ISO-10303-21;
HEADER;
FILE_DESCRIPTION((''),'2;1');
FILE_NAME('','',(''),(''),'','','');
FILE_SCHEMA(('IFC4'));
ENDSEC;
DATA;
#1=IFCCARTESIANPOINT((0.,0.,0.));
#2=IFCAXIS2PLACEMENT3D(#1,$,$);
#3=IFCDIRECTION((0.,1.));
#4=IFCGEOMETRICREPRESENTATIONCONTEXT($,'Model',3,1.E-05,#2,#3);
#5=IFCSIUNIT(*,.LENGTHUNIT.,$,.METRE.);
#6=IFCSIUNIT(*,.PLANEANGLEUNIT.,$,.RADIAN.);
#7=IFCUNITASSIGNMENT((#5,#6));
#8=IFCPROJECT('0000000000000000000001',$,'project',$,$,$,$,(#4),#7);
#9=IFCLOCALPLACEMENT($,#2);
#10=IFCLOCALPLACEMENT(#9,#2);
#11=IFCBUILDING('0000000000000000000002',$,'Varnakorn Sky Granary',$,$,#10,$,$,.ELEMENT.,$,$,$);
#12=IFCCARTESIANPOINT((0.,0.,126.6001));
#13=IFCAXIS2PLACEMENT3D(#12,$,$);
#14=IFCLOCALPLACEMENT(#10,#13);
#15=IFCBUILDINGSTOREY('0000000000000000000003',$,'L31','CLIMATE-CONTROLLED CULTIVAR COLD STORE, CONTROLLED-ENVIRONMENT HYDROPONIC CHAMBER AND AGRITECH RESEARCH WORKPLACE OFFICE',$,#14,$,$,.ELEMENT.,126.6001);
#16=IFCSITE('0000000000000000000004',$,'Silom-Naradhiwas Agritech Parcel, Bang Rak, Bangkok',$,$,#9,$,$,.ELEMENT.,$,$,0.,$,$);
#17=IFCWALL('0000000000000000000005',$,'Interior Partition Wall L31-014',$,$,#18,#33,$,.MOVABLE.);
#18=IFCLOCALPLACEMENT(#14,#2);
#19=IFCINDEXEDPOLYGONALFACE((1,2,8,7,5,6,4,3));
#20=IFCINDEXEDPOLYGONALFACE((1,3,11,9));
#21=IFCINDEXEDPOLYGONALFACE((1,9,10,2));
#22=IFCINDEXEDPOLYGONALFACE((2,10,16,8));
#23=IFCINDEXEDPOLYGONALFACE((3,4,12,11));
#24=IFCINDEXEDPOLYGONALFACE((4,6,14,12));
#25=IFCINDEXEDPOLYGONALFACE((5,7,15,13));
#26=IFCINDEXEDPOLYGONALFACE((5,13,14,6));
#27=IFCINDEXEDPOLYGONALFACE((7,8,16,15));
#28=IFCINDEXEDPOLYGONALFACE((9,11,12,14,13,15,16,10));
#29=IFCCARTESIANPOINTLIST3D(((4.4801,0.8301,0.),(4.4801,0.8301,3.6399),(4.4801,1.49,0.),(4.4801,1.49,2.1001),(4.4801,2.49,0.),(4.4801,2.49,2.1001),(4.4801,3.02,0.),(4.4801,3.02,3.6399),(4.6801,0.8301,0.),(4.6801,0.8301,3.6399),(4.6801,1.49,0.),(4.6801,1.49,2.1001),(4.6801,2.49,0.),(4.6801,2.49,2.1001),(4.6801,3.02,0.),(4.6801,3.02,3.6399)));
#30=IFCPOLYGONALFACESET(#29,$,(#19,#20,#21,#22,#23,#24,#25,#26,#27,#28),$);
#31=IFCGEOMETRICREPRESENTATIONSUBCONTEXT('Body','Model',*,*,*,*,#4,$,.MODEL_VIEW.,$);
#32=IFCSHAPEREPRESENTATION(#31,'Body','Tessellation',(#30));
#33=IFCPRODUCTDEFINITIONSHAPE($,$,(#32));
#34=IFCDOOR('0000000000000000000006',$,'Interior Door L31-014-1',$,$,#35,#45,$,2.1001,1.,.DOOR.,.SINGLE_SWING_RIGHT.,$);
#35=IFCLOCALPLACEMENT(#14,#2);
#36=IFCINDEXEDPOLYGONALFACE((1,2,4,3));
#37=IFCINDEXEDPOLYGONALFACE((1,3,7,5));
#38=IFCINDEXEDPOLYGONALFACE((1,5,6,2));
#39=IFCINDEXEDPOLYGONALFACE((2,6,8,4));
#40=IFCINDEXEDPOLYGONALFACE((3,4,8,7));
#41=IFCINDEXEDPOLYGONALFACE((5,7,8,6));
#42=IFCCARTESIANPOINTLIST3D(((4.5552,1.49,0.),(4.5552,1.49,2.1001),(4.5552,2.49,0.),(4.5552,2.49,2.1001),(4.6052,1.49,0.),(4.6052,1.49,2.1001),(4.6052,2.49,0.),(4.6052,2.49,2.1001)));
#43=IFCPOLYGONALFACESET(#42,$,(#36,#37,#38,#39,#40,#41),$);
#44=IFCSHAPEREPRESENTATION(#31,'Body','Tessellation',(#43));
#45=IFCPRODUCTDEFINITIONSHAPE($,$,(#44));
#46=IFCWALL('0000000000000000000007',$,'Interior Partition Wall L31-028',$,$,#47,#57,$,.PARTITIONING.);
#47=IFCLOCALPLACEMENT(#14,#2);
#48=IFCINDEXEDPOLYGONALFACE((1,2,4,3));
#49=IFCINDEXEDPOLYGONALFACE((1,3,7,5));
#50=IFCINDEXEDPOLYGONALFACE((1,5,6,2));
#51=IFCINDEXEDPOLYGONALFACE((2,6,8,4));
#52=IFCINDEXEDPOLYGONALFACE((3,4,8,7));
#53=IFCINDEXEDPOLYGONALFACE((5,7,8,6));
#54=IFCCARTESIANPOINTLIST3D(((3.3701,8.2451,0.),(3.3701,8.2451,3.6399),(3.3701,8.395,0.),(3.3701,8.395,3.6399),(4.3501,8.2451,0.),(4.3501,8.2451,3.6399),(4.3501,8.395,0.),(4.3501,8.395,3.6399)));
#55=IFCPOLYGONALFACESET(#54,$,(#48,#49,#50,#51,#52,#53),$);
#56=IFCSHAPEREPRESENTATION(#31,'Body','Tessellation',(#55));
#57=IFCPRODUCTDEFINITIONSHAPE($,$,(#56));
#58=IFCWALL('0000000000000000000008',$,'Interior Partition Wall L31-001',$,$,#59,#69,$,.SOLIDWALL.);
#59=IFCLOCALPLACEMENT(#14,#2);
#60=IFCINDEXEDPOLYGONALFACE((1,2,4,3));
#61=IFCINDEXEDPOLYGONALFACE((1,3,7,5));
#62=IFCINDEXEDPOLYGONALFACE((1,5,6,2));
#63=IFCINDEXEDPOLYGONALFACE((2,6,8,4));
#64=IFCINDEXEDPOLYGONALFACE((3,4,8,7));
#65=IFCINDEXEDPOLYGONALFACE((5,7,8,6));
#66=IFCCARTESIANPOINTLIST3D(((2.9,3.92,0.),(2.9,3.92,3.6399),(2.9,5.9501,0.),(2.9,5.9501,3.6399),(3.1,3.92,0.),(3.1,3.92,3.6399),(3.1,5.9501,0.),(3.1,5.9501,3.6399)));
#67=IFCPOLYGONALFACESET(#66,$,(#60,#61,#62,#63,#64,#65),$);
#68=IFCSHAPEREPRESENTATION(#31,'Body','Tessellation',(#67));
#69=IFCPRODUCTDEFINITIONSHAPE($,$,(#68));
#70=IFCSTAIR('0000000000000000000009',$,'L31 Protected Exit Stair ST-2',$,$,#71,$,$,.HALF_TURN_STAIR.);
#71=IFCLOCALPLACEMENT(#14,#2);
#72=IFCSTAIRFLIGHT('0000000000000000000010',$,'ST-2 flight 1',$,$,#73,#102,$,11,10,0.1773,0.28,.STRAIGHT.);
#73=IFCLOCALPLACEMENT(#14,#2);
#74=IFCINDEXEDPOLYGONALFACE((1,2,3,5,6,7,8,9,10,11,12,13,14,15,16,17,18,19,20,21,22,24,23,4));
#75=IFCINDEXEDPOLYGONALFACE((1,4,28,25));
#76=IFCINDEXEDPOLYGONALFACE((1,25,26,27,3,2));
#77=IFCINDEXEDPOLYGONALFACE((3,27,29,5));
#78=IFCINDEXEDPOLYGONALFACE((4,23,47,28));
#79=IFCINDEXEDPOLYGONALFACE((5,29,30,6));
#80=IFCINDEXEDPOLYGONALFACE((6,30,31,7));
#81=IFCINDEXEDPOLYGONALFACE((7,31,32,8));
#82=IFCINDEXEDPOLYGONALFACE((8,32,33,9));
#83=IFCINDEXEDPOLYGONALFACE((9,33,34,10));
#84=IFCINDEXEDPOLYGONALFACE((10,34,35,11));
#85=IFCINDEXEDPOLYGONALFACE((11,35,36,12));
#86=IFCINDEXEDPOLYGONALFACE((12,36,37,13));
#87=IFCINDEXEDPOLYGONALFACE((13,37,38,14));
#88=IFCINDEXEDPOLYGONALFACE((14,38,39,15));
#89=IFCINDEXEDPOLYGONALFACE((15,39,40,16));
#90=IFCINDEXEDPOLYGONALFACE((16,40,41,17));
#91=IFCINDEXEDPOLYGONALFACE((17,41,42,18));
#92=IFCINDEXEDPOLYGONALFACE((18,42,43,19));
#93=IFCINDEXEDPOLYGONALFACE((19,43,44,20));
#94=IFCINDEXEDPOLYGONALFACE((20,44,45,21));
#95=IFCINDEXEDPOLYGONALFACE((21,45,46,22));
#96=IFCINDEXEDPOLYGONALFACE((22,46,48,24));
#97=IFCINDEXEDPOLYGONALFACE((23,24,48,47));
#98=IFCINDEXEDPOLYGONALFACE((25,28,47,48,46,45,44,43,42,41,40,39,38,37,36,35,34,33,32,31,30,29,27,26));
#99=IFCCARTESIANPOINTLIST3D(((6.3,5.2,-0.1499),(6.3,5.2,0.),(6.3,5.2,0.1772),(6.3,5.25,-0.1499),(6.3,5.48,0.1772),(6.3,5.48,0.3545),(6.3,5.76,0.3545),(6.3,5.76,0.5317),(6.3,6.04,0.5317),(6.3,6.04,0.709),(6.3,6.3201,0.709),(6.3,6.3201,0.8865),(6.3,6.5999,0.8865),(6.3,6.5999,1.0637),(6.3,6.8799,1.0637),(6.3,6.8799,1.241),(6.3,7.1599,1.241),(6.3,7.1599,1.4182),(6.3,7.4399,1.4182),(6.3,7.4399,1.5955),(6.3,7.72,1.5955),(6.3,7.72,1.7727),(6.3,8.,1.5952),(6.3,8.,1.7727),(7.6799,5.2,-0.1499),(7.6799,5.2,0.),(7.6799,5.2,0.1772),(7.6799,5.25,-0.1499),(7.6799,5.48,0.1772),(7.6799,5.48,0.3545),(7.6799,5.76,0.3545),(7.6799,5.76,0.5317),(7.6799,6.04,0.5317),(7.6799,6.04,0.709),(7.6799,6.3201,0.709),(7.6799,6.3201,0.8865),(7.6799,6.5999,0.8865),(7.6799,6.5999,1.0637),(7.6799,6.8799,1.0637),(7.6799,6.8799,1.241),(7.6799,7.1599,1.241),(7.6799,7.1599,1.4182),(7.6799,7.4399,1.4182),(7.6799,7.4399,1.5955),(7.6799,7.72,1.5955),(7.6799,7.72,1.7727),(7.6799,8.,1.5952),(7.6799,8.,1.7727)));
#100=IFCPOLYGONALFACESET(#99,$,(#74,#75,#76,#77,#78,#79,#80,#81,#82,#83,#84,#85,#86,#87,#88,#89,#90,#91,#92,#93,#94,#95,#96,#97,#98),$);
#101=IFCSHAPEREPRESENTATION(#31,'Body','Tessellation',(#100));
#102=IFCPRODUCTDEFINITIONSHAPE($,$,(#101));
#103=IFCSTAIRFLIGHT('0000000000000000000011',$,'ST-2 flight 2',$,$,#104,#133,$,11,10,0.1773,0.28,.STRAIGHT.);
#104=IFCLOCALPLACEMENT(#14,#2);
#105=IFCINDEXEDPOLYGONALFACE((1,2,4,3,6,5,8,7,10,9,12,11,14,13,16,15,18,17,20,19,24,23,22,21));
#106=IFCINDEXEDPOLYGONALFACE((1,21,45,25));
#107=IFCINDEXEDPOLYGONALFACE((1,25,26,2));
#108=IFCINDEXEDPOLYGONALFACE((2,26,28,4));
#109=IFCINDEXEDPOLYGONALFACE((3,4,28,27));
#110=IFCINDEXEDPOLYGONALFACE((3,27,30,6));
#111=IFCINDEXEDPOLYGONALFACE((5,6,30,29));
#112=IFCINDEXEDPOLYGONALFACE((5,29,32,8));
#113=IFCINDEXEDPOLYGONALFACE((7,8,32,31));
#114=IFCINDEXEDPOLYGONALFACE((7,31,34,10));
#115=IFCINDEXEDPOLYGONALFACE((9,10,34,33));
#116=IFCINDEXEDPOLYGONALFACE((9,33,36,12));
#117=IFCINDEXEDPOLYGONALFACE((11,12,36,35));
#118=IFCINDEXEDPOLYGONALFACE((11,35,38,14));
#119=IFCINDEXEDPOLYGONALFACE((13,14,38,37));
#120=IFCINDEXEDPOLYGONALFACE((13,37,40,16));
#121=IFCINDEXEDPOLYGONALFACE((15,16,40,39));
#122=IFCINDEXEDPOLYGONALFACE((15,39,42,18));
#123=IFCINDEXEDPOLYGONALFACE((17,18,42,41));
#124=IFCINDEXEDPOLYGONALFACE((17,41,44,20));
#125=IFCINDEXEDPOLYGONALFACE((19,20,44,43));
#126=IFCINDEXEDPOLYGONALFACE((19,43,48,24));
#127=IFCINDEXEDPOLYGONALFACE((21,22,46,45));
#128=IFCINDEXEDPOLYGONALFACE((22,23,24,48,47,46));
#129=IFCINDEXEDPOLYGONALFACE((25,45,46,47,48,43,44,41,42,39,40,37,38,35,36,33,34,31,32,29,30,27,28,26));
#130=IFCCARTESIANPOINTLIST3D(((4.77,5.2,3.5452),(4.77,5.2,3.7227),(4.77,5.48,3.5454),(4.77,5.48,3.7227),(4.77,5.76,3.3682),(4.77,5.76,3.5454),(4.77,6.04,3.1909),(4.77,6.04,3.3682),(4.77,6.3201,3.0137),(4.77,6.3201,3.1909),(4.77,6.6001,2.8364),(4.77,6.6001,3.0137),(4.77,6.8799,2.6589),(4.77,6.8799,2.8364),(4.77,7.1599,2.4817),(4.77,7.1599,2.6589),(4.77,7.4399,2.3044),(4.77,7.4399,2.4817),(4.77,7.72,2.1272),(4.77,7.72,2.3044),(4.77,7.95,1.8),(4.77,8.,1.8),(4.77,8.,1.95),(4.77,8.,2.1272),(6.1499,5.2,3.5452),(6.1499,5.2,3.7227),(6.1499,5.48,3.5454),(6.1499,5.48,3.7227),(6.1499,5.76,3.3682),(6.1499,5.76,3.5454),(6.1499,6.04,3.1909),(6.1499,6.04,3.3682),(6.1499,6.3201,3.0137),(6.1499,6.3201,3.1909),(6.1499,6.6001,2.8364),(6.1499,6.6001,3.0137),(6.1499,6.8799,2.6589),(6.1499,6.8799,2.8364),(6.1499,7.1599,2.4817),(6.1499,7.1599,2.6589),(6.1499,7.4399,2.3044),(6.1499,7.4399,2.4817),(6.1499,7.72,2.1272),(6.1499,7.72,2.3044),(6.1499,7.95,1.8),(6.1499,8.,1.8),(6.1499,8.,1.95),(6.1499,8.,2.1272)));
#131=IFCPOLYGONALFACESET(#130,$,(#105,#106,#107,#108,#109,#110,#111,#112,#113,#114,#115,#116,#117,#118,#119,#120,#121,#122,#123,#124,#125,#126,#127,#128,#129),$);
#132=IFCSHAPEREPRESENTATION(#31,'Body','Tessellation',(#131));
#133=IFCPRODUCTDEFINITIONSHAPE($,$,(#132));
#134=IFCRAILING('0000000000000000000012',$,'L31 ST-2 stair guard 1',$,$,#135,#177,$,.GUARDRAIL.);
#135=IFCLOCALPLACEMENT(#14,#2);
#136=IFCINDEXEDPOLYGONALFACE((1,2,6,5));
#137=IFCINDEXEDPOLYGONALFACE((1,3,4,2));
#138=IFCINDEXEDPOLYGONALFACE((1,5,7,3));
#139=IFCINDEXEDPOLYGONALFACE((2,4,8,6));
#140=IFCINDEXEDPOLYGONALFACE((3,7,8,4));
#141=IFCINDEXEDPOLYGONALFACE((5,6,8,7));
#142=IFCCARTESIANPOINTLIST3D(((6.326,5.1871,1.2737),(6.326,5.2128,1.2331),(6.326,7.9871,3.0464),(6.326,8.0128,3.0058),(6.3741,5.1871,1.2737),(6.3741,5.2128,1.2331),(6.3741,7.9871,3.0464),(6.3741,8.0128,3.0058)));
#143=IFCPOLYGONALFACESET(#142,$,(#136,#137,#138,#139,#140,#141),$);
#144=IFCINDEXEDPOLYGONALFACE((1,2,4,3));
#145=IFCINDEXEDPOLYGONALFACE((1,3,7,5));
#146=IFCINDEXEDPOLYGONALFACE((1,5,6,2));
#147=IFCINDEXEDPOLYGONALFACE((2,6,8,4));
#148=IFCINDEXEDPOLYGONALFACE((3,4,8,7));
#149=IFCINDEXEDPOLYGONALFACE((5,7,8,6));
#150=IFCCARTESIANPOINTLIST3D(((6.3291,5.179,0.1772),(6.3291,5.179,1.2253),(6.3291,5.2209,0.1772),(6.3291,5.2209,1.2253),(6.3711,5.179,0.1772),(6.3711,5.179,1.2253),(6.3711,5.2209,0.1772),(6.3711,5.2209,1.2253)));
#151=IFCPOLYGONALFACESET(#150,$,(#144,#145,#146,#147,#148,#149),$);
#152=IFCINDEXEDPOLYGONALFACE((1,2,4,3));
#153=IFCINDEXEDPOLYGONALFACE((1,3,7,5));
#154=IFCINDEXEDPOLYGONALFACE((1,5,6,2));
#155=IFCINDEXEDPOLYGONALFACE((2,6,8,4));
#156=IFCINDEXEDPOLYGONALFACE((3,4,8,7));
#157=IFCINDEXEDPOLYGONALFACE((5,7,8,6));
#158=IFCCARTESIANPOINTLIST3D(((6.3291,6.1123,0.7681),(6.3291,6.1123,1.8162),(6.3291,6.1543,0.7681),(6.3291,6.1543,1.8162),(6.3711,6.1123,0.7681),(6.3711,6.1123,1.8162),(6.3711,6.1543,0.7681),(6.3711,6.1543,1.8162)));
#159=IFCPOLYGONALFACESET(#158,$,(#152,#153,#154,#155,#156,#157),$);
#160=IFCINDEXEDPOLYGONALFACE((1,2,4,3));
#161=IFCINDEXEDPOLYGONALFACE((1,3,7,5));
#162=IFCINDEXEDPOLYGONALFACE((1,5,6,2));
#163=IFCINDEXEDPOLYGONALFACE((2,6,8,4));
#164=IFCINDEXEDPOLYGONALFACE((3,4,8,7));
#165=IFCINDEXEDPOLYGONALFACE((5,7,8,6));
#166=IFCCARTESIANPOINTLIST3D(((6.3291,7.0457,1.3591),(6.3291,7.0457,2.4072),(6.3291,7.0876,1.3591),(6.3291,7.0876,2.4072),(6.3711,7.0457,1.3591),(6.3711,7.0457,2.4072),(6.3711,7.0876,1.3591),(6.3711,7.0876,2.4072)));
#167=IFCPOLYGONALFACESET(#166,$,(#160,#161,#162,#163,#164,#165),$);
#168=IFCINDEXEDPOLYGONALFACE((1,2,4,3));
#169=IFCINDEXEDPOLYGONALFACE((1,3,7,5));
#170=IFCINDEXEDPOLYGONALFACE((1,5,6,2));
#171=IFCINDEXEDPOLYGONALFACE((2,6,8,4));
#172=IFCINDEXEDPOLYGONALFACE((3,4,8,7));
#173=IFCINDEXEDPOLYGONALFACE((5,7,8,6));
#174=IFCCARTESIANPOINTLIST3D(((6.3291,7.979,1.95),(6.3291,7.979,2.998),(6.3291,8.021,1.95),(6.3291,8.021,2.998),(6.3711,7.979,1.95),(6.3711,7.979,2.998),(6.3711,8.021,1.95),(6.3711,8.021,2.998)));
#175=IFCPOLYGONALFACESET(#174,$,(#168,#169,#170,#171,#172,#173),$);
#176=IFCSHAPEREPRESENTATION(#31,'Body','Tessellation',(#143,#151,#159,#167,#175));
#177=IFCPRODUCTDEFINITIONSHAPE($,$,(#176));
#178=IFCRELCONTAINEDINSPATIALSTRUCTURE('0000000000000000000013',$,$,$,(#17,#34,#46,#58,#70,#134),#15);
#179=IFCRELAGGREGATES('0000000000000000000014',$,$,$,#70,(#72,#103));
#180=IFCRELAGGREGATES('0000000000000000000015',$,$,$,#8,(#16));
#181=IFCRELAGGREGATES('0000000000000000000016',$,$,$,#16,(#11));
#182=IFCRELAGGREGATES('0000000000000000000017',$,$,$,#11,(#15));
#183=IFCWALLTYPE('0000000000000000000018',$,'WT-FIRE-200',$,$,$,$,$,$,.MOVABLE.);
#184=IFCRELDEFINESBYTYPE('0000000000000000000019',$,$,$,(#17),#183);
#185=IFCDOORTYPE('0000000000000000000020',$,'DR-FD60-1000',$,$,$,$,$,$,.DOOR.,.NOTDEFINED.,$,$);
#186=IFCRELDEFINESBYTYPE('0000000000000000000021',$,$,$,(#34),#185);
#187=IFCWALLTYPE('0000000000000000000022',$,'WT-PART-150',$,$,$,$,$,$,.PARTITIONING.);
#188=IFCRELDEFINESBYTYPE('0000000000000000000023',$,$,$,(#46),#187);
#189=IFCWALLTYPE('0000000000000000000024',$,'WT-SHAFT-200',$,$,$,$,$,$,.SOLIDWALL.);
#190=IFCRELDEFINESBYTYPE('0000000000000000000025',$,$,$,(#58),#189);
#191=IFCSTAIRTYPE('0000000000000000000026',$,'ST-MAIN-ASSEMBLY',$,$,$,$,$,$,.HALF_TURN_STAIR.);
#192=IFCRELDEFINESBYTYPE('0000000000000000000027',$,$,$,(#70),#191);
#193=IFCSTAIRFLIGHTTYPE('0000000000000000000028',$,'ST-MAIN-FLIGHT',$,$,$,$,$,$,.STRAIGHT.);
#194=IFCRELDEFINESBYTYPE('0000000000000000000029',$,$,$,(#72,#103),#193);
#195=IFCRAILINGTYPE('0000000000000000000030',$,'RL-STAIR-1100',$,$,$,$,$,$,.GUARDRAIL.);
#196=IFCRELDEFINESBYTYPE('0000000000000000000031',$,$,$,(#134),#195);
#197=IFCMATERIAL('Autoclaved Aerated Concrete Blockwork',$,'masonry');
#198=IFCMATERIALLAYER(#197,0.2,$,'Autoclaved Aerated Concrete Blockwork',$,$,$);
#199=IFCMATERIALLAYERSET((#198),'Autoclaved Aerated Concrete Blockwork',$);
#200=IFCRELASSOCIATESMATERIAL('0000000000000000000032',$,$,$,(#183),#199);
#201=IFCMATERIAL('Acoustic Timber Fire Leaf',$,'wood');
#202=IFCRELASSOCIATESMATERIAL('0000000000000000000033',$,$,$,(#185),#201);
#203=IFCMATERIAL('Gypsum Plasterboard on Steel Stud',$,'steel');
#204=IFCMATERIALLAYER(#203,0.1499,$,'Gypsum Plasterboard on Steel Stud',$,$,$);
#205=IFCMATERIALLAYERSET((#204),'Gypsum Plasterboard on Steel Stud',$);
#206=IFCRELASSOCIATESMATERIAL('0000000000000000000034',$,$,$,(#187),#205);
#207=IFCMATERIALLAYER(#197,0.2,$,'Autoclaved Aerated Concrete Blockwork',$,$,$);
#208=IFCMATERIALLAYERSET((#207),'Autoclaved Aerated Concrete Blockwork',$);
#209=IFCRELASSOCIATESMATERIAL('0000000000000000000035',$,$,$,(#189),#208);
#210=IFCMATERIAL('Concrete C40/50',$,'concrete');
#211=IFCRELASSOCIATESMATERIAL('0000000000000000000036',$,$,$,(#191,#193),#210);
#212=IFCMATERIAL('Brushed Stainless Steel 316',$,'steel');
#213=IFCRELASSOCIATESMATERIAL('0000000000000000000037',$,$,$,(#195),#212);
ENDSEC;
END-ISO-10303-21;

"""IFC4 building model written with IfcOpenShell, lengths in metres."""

from ifc_helpers import new_model, si_unit, direction, frame, frame_2d, origin, origin_2d, place, context, subcontext, project, spatial, polyline, rectangle, outline, extrude, material, layer, layer_set, type_object, element, fill, aggregate, save


model = new_model("IFC4")

# Units and contexts
model_context = context("Model", 3, precision=1e-05, world=origin(), true_north=direction((0.0, 1.0)))
body_context = subcontext(model_context, "Body", "Model", "MODEL_VIEW")
ifc_project = project(units=[si_unit("LENGTHUNIT", "METRE"), si_unit("PLANEANGLEUNIT", "RADIAN")], contexts=[model_context])

# Site, building, storey
site_placement = place(None, origin())
site = spatial("IfcSite", under=ifc_project, at=site_placement, Name="Silom-Naradhiwas Agritech Parcel, Bang Rak, Bangkok", CompositionType="ELEMENT", RefElevation=0.0)
building_placement = place(site_placement, origin())
building = spatial("IfcBuilding", under=site, at=building_placement, Name="Varnakorn Sky Granary", CompositionType="ELEMENT")
storey_placement = place(building_placement, frame((0.0, 0.0, 126.6001)))
storey = spatial("IfcBuildingStorey", under=building, at=storey_placement, Name="L31", Description="CLIMATE-CONTROLLED CULTIVAR COLD STORE, CONTROLLED-ENVIRONMENT HYDROPONIC CHAMBER AND AGRITECH RESEARCH WORKPLACE OFFICE", CompositionType="ELEMENT", Elevation=126.6001)

# Shared definitions
ifc_material_1 = material(Name="Autoclaved Aerated Concrete Blockwork", Category="masonry")
ifc_layer_1 = layer(ifc_material_1, 0.2, Name="Autoclaved Aerated Concrete Blockwork")
ifc_layer_set_1 = layer_set([ifc_layer_1], Name="Autoclaved Aerated Concrete Blockwork")
wall_type_1 = type_object("IfcWallType", Name="WT-FIRE-200", PredefinedType="MOVABLE", material=ifc_layer_set_1)
ifc_material_2 = material(Name="Acoustic Timber Fire Leaf", Category="wood")

# Wall, opening, door
wall_1_placement = place(storey_placement, frame((4.5801, 0.8301, 0.0), z_axis=(0.0, 0.0, 1.0), x_axis=(0.0, 1.0, 0.0)))
wall_1 = element("IfcWall", 1, at=wall_1_placement, inside=storey, type_object=wall_type_1, Name="Interior Partition Wall L31-014", PredefinedType="MOVABLE", context=body_context, shape_type="SweptSolid", body=[
    extrude(rectangle(XDim=2.1899, YDim=0.2, at=frame_2d((1.095, 0.0))), origin(), (0.0, 0.0, 1.0), 3.6399),
])
opening_1_placement = place(wall_1_placement, frame((0.6599, 0.0, 0.0)))
opening_1 = element("IfcOpeningElement", 2, at=opening_1_placement, cuts=wall_1, PredefinedType="OPENING", context=body_context, shape_type="SweptSolid", body=[
    extrude(rectangle(XDim=1.0, YDim=2.1001, at=frame_2d((0.5, 1.05))), frame((0.0, 0.1099, 0.0), z_axis=(0.0, -1.0, 0.0), x_axis=(1.0, 0.0, 0.0)), (0.0, 0.0, 1.0), 0.22),
])
door_type_1 = type_object("IfcDoorType", Name="DR-FD60-1000", OperationType="NOTDEFINED", PredefinedType="DOOR", material=ifc_material_2)
door_1_placement = place(opening_1_placement, origin())
door_1 = element("IfcDoor", 3, at=door_1_placement, inside=storey, type_object=door_type_1, Name="Interior Door L31-014-1", OperationType="SINGLE_SWING_RIGHT", OverallHeight=2.1001, OverallWidth=1.0, PredefinedType="DOOR", context=body_context, shape_type="SweptSolid", body=[
    extrude(rectangle(XDim=1.0, YDim=2.1001, at=frame_2d((0.5, 1.05))), frame((0.0, 0.0249, 0.0), z_axis=(0.0, -1.0, 0.0), x_axis=(1.0, 0.0, 0.0)), (0.0, 0.0, 1.0), 0.05),
])
fill(opening_1, door_1)

# Walls
ifc_material_3 = material(Name="Gypsum Plasterboard on Steel Stud", Category="steel")
ifc_layer_2 = layer(ifc_material_3, 0.1499, Name="Gypsum Plasterboard on Steel Stud")
ifc_layer_set_2 = layer_set([ifc_layer_2], Name="Gypsum Plasterboard on Steel Stud")
wall_type_2 = type_object("IfcWallType", Name="WT-PART-150", PredefinedType="PARTITIONING", material=ifc_layer_set_2)
wall_2_placement = place(storey_placement, frame((3.3701, 8.3201, 0.0), z_axis=(0.0, 0.0, 1.0), x_axis=(1.0, 0.0, 0.0)))
element("IfcWall", 4, at=wall_2_placement, inside=storey, type_object=wall_type_2, Name="Interior Partition Wall L31-028", PredefinedType="PARTITIONING", context=body_context, shape_type="SweptSolid", body=[
    extrude(rectangle(XDim=0.98, YDim=0.1499, at=frame_2d((0.49, 0.0))), origin(), (0.0, 0.0, 1.0), 3.6399),
])
ifc_layer_3 = layer(ifc_material_1, 0.2, Name="Autoclaved Aerated Concrete Blockwork")
ifc_layer_set_3 = layer_set([ifc_layer_3], Name="Autoclaved Aerated Concrete Blockwork")
wall_type_3 = type_object("IfcWallType", Name="WT-SHAFT-200", PredefinedType="SOLIDWALL", material=ifc_layer_set_3)
wall_3_placement = place(storey_placement, frame((3.0, 3.9199, 0.0), z_axis=(0.0, 0.0, 1.0), x_axis=(0.0, 1.0, 0.0)))
element("IfcWall", 5, at=wall_3_placement, inside=storey, type_object=wall_type_3, Name="Interior Partition Wall L31-001", PredefinedType="SOLIDWALL", context=body_context, shape_type="SweptSolid", body=[
    extrude(rectangle(XDim=2.03, YDim=0.2, at=frame_2d((1.0151, 0.0))), origin(), (0.0, 0.0, 1.0), 3.6399),
])

# Stair, stair flights
ifc_material_4 = material(Name="Concrete C40/50", Category="concrete")
stair_type = type_object("IfcStairType", Name="ST-MAIN-ASSEMBLY", PredefinedType="HALF_TURN_STAIR", material=ifc_material_4)
stair_placement = place(storey_placement, origin())
stair = element("IfcStair", 6, at=stair_placement, inside=storey, type_object=stair_type, Name="L31 Protected Exit Stair ST-2", PredefinedType="HALF_TURN_STAIR")
stair_flight_type = type_object("IfcStairFlightType", Name="ST-MAIN-FLIGHT", PredefinedType="STRAIGHT", material=ifc_material_4)
stair_flight_1_placement = place(storey_placement, frame((6.99, 5.2, 0.0), z_axis=(0.0, 0.0, 1.0), x_axis=(0.0, 1.0, 0.0)))
stair_flight_1 = element("IfcStairFlight", 7, at=stair_flight_1_placement, type_object=stair_flight_type, Name="ST-2 flight 1", NumberOfRisers=11, NumberOfTreads=10, PredefinedType="STRAIGHT", RiserHeight=0.1773, TreadLength=0.28, context=body_context, shape_type="SweptSolid", body=[
    extrude(outline(polyline([(0.0, -0.1499), (0.0, 0.0), (0.0, 0.1772), (0.28, 0.1772), (0.28, 0.3545), (0.5601, 0.3545), (0.5601, 0.5317), (0.8401, 0.5317), (0.8401, 0.709), (1.1201, 0.709), (1.1201, 0.8865), (1.3999, 0.8865), (1.3999, 1.0637), (1.6799, 1.0637), (1.6799, 1.241), (1.96, 1.241), (1.96, 1.4182), (2.24, 1.4182), (2.24, 1.5955), (2.52, 1.5955), (2.52, 1.7727), (2.8, 1.7727), (2.8, 1.95), (2.8, 1.5952), (0.05, -0.1499), (0.0, -0.1499)])), frame((0.0, 0.6899, 0.0), z_axis=(0.0, -1.0, 0.0), x_axis=(1.0, 0.0, 0.0)), (0.0, 0.0, 1.0), 1.3799),
])
stair_flight_2_placement = place(storey_placement, frame((5.46, 8.0, 1.95), z_axis=(0.0, 0.0, 1.0), x_axis=(0.0, -1.0, 0.0)))
stair_flight_2 = element("IfcStairFlight", 8, at=stair_flight_2_placement, type_object=stair_flight_type, Name="ST-2 flight 2", NumberOfRisers=11, NumberOfTreads=10, PredefinedType="STRAIGHT", RiserHeight=0.1773, TreadLength=0.28, context=body_context, shape_type="SweptSolid", body=[
    extrude(outline(polyline([(0.0, -0.1499), (0.0, 0.0), (0.0, 0.1772), (0.28, 0.1772), (0.28, 0.3545), (0.5601, 0.3545), (0.5601, 0.5317), (0.8401, 0.5317), (0.8401, 0.709), (1.1201, 0.709), (1.1201, 0.8865), (1.3999, 0.8865), (1.3999, 1.0637), (1.6799, 1.0637), (1.6799, 1.241), (1.96, 1.241), (1.96, 1.4182), (2.24, 1.4182), (2.24, 1.5955), (2.52, 1.5955), (2.52, 1.7727), (2.8, 1.7727), (2.8, 1.95), (2.8, 1.5952), (0.05, -0.1499), (0.0, -0.1499)])), frame((0.0, 0.6899, 0.0), z_axis=(0.0, -1.0, 0.0), x_axis=(1.0, 0.0, 0.0)), (0.0, 0.0, 1.0), 1.3799),
])
aggregate(stair, [stair_flight_1, stair_flight_2])

# Railing
ifc_material_5 = material(Name="Brushed Stainless Steel 316", Category="steel")
railing_type_1 = type_object("IfcRailingType", Name="RL-STAIR-1100", PredefinedType="GUARDRAIL", material=ifc_material_5)
railing_1_placement = place(storey_placement, frame((6.3501, 5.2, 0.1772)))
element("IfcRailing", 9, at=railing_1_placement, inside=storey, type_object=railing_type_1, Name="L31 ST-2 stair guard 1", PredefinedType="GUARDRAIL", context=body_context, shape_type="SweptSolid", body=[
    extrude(rectangle(XDim=0.0481, YDim=0.0481, at=origin_2d()), frame((0.0, 0.0, 1.0762), z_axis=(0.0, 0.844909, 0.53491), x_axis=(-1.0, 0.0, 0.0)), (0.0, 0.0, 1.0), 3.314),
    extrude(rectangle(XDim=0.042, YDim=0.042, at=origin_2d()), origin(), (0.0, 0.0, 1.0), 1.0481),
    extrude(rectangle(XDim=0.042, YDim=0.042, at=origin_2d()), frame((0.0, 0.9333, 0.5908)), (0.0, 0.0, 1.0), 1.0481),
    extrude(rectangle(XDim=0.042, YDim=0.042, at=origin_2d()), frame((0.0, 1.8667, 1.1819)), (0.0, 0.0, 1.0), 1.0481),
    extrude(rectangle(XDim=0.042, YDim=0.042, at=origin_2d()), frame((0.0, 2.8, 1.7727)), (0.0, 0.0, 1.0), 1.0481),
])

save(model, "model.ifc")
